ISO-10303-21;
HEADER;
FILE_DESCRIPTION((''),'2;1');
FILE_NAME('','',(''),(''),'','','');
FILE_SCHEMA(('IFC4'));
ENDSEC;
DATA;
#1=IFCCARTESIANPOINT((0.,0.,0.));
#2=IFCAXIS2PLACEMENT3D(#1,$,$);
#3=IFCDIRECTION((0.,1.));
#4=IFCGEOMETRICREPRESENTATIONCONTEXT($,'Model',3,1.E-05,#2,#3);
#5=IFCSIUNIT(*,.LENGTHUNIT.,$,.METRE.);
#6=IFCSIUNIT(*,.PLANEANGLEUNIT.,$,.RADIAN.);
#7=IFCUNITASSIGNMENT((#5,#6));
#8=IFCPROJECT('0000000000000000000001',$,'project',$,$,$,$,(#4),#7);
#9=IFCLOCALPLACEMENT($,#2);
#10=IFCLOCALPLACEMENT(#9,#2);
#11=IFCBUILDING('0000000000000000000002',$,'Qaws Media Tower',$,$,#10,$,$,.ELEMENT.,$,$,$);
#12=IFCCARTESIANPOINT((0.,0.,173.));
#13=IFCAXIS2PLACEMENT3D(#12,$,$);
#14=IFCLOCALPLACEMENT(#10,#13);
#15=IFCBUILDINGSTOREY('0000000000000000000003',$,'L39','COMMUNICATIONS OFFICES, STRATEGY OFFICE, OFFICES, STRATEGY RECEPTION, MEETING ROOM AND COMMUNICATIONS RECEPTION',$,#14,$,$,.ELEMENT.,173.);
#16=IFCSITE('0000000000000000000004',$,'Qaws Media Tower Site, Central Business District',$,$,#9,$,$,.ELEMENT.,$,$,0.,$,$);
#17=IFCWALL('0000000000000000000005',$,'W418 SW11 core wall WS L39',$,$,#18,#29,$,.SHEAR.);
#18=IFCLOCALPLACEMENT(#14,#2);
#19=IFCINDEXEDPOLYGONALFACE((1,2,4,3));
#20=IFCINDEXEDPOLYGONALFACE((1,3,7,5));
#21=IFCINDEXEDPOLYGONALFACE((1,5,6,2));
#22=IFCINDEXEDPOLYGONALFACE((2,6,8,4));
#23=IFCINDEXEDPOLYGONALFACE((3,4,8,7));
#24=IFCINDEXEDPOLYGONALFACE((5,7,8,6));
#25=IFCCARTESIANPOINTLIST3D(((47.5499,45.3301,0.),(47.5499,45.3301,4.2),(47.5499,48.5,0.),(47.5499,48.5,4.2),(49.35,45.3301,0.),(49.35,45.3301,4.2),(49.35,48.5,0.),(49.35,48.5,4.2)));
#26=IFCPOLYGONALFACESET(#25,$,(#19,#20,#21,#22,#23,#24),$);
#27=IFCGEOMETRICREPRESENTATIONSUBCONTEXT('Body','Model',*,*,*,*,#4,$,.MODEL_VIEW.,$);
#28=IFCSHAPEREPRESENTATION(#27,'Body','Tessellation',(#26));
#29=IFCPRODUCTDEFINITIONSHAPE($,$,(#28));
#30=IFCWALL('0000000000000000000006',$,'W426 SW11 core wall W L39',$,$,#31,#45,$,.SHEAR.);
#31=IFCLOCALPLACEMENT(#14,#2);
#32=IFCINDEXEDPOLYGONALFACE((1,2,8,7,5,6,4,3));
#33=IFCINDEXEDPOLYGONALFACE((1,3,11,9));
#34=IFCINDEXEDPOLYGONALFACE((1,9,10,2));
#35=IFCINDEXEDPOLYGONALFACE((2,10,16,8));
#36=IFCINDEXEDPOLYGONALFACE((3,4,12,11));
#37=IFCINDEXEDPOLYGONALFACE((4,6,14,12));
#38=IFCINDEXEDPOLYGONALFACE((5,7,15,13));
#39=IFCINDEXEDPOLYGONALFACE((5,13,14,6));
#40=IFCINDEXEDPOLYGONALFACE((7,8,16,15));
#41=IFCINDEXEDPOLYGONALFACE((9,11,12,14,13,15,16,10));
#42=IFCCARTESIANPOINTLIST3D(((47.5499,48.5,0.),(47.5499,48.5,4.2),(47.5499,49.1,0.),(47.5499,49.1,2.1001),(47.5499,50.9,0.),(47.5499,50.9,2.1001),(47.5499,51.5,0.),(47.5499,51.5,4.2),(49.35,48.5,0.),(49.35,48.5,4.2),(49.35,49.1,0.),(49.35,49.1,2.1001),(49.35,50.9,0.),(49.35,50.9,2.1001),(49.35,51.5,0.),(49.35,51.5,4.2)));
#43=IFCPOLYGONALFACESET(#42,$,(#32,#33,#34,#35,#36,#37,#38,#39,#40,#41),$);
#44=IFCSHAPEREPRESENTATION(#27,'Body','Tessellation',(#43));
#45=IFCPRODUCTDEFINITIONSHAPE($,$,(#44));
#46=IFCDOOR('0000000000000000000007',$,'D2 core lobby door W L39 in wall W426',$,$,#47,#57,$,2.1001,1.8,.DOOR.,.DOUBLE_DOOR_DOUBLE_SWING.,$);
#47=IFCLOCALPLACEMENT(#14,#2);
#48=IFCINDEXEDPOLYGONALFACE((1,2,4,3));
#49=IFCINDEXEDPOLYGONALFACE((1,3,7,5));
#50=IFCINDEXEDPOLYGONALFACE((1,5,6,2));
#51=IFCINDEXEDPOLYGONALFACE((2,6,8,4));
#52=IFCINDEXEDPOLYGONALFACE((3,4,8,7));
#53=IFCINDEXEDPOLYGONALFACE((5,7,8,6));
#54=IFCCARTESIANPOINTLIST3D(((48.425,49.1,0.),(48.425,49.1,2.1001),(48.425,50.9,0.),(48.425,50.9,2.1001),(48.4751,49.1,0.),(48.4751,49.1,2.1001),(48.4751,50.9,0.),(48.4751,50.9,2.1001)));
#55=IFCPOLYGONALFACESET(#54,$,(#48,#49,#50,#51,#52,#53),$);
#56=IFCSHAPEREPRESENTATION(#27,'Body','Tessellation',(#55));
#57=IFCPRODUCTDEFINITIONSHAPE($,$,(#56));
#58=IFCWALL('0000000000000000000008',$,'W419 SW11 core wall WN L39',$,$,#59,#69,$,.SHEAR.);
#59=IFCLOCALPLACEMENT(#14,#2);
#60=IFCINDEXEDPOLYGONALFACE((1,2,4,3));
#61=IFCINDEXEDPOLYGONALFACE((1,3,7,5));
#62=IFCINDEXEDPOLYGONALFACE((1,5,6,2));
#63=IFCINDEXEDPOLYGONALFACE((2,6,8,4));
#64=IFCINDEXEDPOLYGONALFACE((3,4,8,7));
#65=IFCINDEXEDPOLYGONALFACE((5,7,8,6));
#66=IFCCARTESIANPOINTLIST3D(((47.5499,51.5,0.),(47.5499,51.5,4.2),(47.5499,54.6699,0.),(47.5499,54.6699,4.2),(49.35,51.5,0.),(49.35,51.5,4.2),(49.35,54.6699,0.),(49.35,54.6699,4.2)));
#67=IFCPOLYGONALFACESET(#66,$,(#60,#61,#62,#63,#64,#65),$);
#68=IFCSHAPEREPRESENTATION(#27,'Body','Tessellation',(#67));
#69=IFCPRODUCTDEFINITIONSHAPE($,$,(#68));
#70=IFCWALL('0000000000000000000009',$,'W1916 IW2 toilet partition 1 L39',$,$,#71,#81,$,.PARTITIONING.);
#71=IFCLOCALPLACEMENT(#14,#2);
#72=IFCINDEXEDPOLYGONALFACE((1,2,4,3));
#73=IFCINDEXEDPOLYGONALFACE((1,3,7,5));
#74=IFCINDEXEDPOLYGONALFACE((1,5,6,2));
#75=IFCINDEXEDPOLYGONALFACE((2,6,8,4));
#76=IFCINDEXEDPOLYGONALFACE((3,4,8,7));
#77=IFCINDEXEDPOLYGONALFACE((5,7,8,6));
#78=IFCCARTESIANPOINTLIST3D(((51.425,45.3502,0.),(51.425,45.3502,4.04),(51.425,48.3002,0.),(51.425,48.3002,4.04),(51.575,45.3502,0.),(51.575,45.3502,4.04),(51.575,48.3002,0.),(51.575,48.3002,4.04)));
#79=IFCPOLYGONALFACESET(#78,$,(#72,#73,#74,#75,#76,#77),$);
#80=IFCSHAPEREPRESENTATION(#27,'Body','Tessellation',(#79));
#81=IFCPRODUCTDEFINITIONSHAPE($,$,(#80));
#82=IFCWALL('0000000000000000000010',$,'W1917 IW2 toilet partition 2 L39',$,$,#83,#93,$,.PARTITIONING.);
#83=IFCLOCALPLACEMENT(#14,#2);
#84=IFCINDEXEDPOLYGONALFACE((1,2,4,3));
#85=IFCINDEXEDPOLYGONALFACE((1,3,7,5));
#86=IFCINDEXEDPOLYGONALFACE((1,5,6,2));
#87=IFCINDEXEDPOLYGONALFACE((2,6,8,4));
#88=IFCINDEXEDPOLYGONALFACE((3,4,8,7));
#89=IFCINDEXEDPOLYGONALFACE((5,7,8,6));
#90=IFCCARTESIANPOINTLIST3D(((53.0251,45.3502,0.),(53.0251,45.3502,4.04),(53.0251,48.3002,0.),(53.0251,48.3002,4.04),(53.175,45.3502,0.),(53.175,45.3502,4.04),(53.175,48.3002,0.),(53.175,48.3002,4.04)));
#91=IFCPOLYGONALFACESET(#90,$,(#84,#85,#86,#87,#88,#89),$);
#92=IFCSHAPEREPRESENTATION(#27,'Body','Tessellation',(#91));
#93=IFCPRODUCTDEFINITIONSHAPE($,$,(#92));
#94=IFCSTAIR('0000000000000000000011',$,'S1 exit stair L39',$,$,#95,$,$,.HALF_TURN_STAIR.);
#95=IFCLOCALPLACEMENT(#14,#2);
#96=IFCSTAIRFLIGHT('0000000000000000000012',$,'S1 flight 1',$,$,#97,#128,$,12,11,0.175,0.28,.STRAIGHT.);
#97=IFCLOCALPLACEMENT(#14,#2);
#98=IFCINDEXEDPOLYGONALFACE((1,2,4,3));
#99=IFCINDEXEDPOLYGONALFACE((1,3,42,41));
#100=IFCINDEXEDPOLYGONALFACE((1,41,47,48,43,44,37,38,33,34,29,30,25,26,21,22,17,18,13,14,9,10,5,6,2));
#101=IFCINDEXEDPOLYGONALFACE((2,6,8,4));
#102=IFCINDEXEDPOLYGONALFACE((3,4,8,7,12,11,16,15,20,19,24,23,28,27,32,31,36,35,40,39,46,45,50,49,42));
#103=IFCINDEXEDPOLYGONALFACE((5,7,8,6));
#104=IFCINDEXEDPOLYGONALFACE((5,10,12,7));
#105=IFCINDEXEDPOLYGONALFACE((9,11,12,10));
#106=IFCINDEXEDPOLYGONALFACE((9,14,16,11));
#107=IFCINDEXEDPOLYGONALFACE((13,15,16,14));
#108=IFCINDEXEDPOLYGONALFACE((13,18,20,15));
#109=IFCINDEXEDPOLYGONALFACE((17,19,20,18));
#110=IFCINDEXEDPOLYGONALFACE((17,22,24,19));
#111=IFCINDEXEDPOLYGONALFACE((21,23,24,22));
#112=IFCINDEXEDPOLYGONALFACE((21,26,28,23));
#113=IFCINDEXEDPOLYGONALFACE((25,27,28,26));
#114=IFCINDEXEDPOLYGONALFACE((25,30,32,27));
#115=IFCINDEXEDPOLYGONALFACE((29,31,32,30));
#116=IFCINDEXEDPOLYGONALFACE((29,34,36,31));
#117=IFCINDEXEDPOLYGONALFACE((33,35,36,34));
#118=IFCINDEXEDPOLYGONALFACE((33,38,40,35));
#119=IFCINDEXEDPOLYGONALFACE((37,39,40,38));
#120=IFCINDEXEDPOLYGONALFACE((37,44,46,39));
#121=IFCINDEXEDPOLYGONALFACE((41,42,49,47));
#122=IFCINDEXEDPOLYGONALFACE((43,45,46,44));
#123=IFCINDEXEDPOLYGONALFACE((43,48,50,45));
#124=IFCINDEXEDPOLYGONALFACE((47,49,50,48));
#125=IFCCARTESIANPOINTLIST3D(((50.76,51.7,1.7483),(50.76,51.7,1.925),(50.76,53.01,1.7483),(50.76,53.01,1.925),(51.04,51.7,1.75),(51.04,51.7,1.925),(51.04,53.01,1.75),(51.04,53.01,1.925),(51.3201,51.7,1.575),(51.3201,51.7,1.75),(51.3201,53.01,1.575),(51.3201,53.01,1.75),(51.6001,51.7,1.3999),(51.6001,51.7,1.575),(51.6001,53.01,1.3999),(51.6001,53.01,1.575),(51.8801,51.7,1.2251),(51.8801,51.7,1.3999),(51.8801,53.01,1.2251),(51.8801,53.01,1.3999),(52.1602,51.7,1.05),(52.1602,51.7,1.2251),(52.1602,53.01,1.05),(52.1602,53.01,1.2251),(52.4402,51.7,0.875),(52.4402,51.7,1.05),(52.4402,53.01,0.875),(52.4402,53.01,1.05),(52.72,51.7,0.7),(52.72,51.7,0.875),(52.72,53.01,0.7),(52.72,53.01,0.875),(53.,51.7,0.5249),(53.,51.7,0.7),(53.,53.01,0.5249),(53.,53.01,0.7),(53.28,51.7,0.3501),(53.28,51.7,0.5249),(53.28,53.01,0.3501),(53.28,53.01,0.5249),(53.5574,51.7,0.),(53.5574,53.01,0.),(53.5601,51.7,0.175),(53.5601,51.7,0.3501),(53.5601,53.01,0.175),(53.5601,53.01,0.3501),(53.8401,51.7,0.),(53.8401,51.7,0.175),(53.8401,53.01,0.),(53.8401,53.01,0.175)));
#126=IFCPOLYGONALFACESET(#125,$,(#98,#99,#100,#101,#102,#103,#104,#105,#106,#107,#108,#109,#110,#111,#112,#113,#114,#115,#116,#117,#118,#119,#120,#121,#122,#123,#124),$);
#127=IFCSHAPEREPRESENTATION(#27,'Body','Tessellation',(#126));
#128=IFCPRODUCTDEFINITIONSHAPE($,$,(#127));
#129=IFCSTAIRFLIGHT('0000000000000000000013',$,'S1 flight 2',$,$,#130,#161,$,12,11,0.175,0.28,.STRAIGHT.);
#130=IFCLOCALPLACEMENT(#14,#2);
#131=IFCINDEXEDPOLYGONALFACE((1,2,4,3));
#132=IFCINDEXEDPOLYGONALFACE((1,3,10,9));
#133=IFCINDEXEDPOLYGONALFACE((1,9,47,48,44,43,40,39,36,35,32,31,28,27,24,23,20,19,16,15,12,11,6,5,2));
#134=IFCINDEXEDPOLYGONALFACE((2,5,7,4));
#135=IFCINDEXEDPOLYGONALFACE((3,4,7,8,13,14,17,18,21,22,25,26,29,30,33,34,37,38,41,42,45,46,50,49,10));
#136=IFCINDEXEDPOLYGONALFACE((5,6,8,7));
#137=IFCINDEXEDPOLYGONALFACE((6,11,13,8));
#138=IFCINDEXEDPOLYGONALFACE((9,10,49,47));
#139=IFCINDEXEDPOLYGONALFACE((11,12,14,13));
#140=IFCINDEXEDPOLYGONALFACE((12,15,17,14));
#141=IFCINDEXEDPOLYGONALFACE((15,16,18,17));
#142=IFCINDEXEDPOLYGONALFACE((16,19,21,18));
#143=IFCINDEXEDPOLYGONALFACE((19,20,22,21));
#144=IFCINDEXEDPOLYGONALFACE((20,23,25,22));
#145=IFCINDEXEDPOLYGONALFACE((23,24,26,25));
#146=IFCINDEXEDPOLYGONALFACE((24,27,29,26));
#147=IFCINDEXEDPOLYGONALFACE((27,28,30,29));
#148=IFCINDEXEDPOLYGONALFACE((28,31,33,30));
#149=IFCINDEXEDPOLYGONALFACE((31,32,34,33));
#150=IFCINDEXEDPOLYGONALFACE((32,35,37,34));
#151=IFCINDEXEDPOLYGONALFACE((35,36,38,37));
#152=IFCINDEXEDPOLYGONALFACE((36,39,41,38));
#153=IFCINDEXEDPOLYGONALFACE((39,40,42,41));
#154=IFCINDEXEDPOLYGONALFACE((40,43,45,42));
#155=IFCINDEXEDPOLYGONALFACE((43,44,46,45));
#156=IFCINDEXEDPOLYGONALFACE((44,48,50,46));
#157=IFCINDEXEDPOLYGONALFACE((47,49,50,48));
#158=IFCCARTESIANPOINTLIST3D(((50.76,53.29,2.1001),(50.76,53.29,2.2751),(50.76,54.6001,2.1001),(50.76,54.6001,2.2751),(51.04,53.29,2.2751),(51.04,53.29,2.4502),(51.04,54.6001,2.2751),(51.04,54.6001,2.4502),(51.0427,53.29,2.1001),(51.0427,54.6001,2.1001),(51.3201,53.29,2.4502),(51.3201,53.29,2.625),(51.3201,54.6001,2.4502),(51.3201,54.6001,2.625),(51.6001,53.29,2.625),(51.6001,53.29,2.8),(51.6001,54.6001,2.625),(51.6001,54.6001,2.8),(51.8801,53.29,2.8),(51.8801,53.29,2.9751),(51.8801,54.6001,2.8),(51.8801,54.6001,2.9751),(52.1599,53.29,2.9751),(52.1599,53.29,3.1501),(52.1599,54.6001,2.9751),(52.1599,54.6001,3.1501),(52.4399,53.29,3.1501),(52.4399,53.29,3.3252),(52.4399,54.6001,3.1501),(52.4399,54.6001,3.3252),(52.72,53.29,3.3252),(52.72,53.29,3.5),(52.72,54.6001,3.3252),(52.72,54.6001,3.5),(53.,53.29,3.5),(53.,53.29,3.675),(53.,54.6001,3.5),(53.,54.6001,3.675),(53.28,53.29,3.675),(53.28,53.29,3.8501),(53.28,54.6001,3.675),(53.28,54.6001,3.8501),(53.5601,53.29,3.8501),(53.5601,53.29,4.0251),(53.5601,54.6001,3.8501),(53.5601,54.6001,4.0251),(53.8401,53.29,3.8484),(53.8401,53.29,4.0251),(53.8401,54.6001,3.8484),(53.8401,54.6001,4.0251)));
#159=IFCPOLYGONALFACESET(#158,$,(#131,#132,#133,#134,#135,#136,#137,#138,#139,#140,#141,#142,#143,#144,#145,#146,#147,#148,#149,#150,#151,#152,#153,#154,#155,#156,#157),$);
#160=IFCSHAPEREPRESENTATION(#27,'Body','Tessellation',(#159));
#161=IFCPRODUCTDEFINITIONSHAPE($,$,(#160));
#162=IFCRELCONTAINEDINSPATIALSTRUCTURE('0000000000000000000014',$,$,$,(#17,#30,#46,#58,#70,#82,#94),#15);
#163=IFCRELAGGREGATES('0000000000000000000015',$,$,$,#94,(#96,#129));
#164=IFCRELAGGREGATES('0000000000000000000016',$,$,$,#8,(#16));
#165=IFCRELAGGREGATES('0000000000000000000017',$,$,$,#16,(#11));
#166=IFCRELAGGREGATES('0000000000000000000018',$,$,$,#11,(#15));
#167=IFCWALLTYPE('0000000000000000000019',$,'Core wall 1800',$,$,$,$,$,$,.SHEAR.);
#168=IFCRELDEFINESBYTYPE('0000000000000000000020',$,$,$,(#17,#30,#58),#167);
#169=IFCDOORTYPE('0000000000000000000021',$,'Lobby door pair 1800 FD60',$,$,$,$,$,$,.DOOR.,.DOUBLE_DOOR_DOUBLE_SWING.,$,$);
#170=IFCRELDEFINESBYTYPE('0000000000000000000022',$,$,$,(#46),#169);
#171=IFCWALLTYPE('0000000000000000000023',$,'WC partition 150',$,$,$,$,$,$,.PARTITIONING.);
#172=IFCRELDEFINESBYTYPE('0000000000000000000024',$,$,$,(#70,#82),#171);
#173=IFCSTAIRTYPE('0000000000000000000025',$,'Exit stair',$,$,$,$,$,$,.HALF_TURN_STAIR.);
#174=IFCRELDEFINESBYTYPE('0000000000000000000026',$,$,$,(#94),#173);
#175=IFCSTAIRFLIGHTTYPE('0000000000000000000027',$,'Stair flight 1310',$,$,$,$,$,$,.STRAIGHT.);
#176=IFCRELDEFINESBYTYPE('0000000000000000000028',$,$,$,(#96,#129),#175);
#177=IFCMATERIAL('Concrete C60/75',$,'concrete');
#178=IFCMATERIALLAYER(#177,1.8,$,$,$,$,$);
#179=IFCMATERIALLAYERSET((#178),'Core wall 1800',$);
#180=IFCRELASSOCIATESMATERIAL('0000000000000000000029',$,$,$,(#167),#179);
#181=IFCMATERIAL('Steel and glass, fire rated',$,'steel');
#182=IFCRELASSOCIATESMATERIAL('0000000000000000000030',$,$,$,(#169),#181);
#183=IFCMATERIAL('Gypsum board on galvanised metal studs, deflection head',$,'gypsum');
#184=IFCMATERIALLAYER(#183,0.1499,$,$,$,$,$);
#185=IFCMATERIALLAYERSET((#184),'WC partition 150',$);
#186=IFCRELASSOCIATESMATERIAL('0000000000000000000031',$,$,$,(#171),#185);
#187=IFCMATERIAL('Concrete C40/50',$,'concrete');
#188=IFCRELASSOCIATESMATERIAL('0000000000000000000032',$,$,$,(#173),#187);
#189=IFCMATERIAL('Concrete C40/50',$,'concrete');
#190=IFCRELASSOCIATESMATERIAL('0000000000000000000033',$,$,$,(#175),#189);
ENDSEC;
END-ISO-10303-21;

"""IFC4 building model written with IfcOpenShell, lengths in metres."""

from ifc_helpers import new_model, si_unit, direction, frame, frame_2d, origin, place, context, subcontext, project, spatial, polyline, rectangle, outline, extrude, material, layer, layer_set, type_object, element, fill, aggregate, save


model = new_model("IFC4")

# Units and contexts
model_context = context("Model", 3, precision=1e-05, world=origin(), true_north=direction((0.0, 1.0)))
body_context = subcontext(model_context, "Body", "Model", "MODEL_VIEW")
ifc_project = project(units=[si_unit("LENGTHUNIT", "METRE"), si_unit("PLANEANGLEUNIT", "RADIAN")], contexts=[model_context])

# Site, building, storey
site_placement = place(None, origin())
site = spatial("IfcSite", under=ifc_project, at=site_placement, Name="Qaws Media Tower Site, Central Business District", CompositionType="ELEMENT", RefElevation=0.0)
building_placement = place(site_placement, origin())
building = spatial("IfcBuilding", under=site, at=building_placement, Name="Qaws Media Tower", CompositionType="ELEMENT")
storey_placement = place(building_placement, frame((0.0, 0.0, 173.0)))
storey = spatial("IfcBuildingStorey", under=building, at=storey_placement, Name="L39", Description="COMMUNICATIONS OFFICES, STRATEGY OFFICE, OFFICES, STRATEGY RECEPTION, MEETING ROOM AND COMMUNICATIONS RECEPTION", CompositionType="ELEMENT", Elevation=173.0)

# Wall
ifc_material_1 = material(Name="Concrete C60/75", Category="concrete")
ifc_layer_1 = layer(ifc_material_1, 1.8)
ifc_layer_set_1 = layer_set([ifc_layer_1], Name="Core wall 1800")
wall_type_1 = type_object("IfcWallType", Name="Core wall 1800", PredefinedType="SHEAR", material=ifc_layer_set_1)
wall_1_placement = place(storey_placement, frame((48.45, 45.3301, 0.0), z_axis=(0.0, 0.0, 1.0), x_axis=(0.0, 1.0, 0.0)))
element("IfcWall", 1, at=wall_1_placement, inside=storey, type_object=wall_type_1, Name="W418 SW11 core wall WS L39", PredefinedType="SHEAR", context=body_context, shape_type="SweptSolid", body=[
    extrude(rectangle(XDim=3.1699, YDim=1.8, at=frame_2d((1.585, 0.0))), origin(), (0.0, 0.0, 1.0), 4.2),
])

# Wall, opening, door
wall_2_placement = place(storey_placement, frame((48.45, 48.5, 0.0), z_axis=(0.0, 0.0, 1.0), x_axis=(0.0, 1.0, 0.0)))
wall_2 = element("IfcWall", 2, at=wall_2_placement, inside=storey, type_object=wall_type_1, Name="W426 SW11 core wall W L39", PredefinedType="SHEAR", context=body_context, shape_type="SweptSolid", body=[
    extrude(rectangle(XDim=3.0, YDim=1.8, at=frame_2d((1.5, 0.0))), origin(), (0.0, 0.0, 1.0), 4.2),
])
opening_1_placement = place(wall_2_placement, frame((0.6001, 0.0, 0.0)))
opening_1 = element("IfcOpeningElement", 3, at=opening_1_placement, cuts=wall_2, PredefinedType="OPENING", context=body_context, shape_type="SweptSolid", body=[
    extrude(rectangle(XDim=1.8, YDim=2.1001, at=frame_2d((0.8999, 1.05))), frame((0.0, 0.9099, 0.0), z_axis=(0.0, -1.0, 0.0), x_axis=(1.0, 0.0, 0.0)), (0.0, 0.0, 1.0), 1.8201),
])
ifc_material_2 = material(Name="Steel and glass, fire rated", Category="steel")
door_type_1 = type_object("IfcDoorType", Name="Lobby door pair 1800 FD60", OperationType="DOUBLE_DOOR_DOUBLE_SWING", PredefinedType="DOOR", material=ifc_material_2)
door_1_placement = place(opening_1_placement, origin())
door_1 = element("IfcDoor", 4, at=door_1_placement, inside=storey, type_object=door_type_1, Name="D2 core lobby door W L39 in wall W426", OperationType="DOUBLE_DOOR_DOUBLE_SWING", OverallHeight=2.1001, OverallWidth=1.8, PredefinedType="DOOR", context=body_context, shape_type="SweptSolid", body=[
    extrude(rectangle(XDim=1.8, YDim=2.1001, at=frame_2d((0.8999, 1.05))), frame((0.0, 0.0249, 0.0), z_axis=(0.0, -1.0, 0.0), x_axis=(1.0, 0.0, 0.0)), (0.0, 0.0, 1.0), 0.05),
])
fill(opening_1, door_1)

# Walls
wall_3_placement = place(storey_placement, frame((48.45, 51.5, 0.0), z_axis=(0.0, 0.0, 1.0), x_axis=(0.0, 1.0, 0.0)))
element("IfcWall", 5, at=wall_3_placement, inside=storey, type_object=wall_type_1, Name="W419 SW11 core wall WN L39", PredefinedType="SHEAR", context=body_context, shape_type="SweptSolid", body=[
    extrude(rectangle(XDim=3.1699, YDim=1.8, at=frame_2d((1.585, 0.0))), origin(), (0.0, 0.0, 1.0), 4.2),
])
ifc_material_3 = material(Name="Gypsum board on galvanised metal studs, deflection head", Category="gypsum")
ifc_layer_2 = layer(ifc_material_3, 0.1499)
ifc_layer_set_2 = layer_set([ifc_layer_2], Name="WC partition 150")
wall_type_2 = type_object("IfcWallType", Name="WC partition 150", PredefinedType="PARTITIONING", material=ifc_layer_set_2)
for number, where, z_axis, x_axis, name in (
    (6, (51.5, 45.3501, 0.0), (0.0, 0.0, 1.0), (0.0, 1.0, 0.0), "W1916 IW2 toilet partition 1 L39"),
    (7, (53.1001, 45.3501, 0.0), (0.0, 0.0, 1.0), (0.0, 1.0, 0.0), "W1917 IW2 toilet partition 2 L39"),
):
    element("IfcWall", number, at=place(storey_placement, frame(where, z_axis=z_axis, x_axis=x_axis)), inside=storey, type_object=wall_type_2, Name=name, PredefinedType="PARTITIONING", context=body_context, shape_type="SweptSolid", body=[
        extrude(rectangle(XDim=2.95, YDim=0.1499, at=frame_2d((1.4751, 0.0))), origin(), (0.0, 0.0, 1.0), 4.04),
    ])

# Stair, stair flights
ifc_material_4 = material(Name="Concrete C40/50", Category="concrete")
stair_type = type_object("IfcStairType", Name="Exit stair", PredefinedType="HALF_TURN_STAIR", material=ifc_material_4)
stair_placement = place(storey_placement, origin())
stair = element("IfcStair", 8, at=stair_placement, inside=storey, type_object=stair_type, Name="S1 exit stair L39", PredefinedType="HALF_TURN_STAIR")
ifc_material_5 = material(Name="Concrete C40/50", Category="concrete")
stair_flight_type = type_object("IfcStairFlightType", Name="Stair flight 1310", PredefinedType="STRAIGHT", material=ifc_material_5)
stair_flight_1_placement = place(storey_placement, frame((53.8401, 52.355, 0.0), z_axis=(0.0, 0.0, 1.0), x_axis=(-1.0, 0.0, 0.0)))
stair_flight_1 = element("IfcStairFlight", 9, at=stair_flight_1_placement, type_object=stair_flight_type, Name="S1 flight 1", NumberOfRisers=12, NumberOfTreads=11, PredefinedType="STRAIGHT", RiserHeight=0.175, TreadLength=0.28, context=body_context, shape_type="SweptSolid", body=[
    extrude(outline(polyline([(0.0, 0.0), (0.0, 0.175), (0.28, 0.175), (0.28, 0.3501), (0.5601, 0.3501), (0.5601, 0.5249), (0.8401, 0.5249), (0.8401, 0.7), (1.1201, 0.7), (1.1201, 0.875), (1.3999, 0.875), (1.3999, 1.05), (1.6799, 1.05), (1.6799, 1.2251), (1.96, 1.2251), (1.96, 1.3999), (2.24, 1.3999), (2.24, 1.575), (2.52, 1.575), (2.52, 1.75), (2.8, 1.75), (2.8, 1.925), (3.0801, 1.925), (3.0801, 2.1001), (3.0801, 1.7483), (0.2827, 0.0), (0.0, 0.0)])), frame((0.0, 0.655, 0.0), z_axis=(0.0, -1.0, 0.0), x_axis=(1.0, 0.0, 0.0)), (0.0, 0.0, 1.0), 1.3101),
])
stair_flight_2_placement = place(storey_placement, frame((50.76, 53.9451, 2.1001), z_axis=(0.0, 0.0, 1.0), x_axis=(1.0, 0.0, 0.0)))
stair_flight_2 = element("IfcStairFlight", 10, at=stair_flight_2_placement, type_object=stair_flight_type, Name="S1 flight 2", NumberOfRisers=12, NumberOfTreads=11, PredefinedType="STRAIGHT", RiserHeight=0.175, TreadLength=0.28, context=body_context, shape_type="SweptSolid", body=[
    extrude(outline(polyline([(0.0, 0.0), (0.0, 0.175), (0.28, 0.175), (0.28, 0.3501), (0.5601, 0.3501), (0.5601, 0.5249), (0.8401, 0.5249), (0.8401, 0.7), (1.1201, 0.7), (1.1201, 0.875), (1.3999, 0.875), (1.3999, 1.05), (1.6799, 1.05), (1.6799, 1.2251), (1.96, 1.2251), (1.96, 1.3999), (2.24, 1.3999), (2.24, 1.575), (2.52, 1.575), (2.52, 1.75), (2.8, 1.75), (2.8, 1.925), (3.0801, 1.925), (3.0801, 2.1001), (3.0801, 1.7483), (0.2827, 0.0), (0.0, 0.0)])), frame((0.0, 0.655, 0.0), z_axis=(0.0, -1.0, 0.0), x_axis=(1.0, 0.0, 0.0)), (0.0, 0.0, 1.0), 1.3101),
])
aggregate(stair, [stair_flight_1, stair_flight_2])

save(model, "model.ifc")
